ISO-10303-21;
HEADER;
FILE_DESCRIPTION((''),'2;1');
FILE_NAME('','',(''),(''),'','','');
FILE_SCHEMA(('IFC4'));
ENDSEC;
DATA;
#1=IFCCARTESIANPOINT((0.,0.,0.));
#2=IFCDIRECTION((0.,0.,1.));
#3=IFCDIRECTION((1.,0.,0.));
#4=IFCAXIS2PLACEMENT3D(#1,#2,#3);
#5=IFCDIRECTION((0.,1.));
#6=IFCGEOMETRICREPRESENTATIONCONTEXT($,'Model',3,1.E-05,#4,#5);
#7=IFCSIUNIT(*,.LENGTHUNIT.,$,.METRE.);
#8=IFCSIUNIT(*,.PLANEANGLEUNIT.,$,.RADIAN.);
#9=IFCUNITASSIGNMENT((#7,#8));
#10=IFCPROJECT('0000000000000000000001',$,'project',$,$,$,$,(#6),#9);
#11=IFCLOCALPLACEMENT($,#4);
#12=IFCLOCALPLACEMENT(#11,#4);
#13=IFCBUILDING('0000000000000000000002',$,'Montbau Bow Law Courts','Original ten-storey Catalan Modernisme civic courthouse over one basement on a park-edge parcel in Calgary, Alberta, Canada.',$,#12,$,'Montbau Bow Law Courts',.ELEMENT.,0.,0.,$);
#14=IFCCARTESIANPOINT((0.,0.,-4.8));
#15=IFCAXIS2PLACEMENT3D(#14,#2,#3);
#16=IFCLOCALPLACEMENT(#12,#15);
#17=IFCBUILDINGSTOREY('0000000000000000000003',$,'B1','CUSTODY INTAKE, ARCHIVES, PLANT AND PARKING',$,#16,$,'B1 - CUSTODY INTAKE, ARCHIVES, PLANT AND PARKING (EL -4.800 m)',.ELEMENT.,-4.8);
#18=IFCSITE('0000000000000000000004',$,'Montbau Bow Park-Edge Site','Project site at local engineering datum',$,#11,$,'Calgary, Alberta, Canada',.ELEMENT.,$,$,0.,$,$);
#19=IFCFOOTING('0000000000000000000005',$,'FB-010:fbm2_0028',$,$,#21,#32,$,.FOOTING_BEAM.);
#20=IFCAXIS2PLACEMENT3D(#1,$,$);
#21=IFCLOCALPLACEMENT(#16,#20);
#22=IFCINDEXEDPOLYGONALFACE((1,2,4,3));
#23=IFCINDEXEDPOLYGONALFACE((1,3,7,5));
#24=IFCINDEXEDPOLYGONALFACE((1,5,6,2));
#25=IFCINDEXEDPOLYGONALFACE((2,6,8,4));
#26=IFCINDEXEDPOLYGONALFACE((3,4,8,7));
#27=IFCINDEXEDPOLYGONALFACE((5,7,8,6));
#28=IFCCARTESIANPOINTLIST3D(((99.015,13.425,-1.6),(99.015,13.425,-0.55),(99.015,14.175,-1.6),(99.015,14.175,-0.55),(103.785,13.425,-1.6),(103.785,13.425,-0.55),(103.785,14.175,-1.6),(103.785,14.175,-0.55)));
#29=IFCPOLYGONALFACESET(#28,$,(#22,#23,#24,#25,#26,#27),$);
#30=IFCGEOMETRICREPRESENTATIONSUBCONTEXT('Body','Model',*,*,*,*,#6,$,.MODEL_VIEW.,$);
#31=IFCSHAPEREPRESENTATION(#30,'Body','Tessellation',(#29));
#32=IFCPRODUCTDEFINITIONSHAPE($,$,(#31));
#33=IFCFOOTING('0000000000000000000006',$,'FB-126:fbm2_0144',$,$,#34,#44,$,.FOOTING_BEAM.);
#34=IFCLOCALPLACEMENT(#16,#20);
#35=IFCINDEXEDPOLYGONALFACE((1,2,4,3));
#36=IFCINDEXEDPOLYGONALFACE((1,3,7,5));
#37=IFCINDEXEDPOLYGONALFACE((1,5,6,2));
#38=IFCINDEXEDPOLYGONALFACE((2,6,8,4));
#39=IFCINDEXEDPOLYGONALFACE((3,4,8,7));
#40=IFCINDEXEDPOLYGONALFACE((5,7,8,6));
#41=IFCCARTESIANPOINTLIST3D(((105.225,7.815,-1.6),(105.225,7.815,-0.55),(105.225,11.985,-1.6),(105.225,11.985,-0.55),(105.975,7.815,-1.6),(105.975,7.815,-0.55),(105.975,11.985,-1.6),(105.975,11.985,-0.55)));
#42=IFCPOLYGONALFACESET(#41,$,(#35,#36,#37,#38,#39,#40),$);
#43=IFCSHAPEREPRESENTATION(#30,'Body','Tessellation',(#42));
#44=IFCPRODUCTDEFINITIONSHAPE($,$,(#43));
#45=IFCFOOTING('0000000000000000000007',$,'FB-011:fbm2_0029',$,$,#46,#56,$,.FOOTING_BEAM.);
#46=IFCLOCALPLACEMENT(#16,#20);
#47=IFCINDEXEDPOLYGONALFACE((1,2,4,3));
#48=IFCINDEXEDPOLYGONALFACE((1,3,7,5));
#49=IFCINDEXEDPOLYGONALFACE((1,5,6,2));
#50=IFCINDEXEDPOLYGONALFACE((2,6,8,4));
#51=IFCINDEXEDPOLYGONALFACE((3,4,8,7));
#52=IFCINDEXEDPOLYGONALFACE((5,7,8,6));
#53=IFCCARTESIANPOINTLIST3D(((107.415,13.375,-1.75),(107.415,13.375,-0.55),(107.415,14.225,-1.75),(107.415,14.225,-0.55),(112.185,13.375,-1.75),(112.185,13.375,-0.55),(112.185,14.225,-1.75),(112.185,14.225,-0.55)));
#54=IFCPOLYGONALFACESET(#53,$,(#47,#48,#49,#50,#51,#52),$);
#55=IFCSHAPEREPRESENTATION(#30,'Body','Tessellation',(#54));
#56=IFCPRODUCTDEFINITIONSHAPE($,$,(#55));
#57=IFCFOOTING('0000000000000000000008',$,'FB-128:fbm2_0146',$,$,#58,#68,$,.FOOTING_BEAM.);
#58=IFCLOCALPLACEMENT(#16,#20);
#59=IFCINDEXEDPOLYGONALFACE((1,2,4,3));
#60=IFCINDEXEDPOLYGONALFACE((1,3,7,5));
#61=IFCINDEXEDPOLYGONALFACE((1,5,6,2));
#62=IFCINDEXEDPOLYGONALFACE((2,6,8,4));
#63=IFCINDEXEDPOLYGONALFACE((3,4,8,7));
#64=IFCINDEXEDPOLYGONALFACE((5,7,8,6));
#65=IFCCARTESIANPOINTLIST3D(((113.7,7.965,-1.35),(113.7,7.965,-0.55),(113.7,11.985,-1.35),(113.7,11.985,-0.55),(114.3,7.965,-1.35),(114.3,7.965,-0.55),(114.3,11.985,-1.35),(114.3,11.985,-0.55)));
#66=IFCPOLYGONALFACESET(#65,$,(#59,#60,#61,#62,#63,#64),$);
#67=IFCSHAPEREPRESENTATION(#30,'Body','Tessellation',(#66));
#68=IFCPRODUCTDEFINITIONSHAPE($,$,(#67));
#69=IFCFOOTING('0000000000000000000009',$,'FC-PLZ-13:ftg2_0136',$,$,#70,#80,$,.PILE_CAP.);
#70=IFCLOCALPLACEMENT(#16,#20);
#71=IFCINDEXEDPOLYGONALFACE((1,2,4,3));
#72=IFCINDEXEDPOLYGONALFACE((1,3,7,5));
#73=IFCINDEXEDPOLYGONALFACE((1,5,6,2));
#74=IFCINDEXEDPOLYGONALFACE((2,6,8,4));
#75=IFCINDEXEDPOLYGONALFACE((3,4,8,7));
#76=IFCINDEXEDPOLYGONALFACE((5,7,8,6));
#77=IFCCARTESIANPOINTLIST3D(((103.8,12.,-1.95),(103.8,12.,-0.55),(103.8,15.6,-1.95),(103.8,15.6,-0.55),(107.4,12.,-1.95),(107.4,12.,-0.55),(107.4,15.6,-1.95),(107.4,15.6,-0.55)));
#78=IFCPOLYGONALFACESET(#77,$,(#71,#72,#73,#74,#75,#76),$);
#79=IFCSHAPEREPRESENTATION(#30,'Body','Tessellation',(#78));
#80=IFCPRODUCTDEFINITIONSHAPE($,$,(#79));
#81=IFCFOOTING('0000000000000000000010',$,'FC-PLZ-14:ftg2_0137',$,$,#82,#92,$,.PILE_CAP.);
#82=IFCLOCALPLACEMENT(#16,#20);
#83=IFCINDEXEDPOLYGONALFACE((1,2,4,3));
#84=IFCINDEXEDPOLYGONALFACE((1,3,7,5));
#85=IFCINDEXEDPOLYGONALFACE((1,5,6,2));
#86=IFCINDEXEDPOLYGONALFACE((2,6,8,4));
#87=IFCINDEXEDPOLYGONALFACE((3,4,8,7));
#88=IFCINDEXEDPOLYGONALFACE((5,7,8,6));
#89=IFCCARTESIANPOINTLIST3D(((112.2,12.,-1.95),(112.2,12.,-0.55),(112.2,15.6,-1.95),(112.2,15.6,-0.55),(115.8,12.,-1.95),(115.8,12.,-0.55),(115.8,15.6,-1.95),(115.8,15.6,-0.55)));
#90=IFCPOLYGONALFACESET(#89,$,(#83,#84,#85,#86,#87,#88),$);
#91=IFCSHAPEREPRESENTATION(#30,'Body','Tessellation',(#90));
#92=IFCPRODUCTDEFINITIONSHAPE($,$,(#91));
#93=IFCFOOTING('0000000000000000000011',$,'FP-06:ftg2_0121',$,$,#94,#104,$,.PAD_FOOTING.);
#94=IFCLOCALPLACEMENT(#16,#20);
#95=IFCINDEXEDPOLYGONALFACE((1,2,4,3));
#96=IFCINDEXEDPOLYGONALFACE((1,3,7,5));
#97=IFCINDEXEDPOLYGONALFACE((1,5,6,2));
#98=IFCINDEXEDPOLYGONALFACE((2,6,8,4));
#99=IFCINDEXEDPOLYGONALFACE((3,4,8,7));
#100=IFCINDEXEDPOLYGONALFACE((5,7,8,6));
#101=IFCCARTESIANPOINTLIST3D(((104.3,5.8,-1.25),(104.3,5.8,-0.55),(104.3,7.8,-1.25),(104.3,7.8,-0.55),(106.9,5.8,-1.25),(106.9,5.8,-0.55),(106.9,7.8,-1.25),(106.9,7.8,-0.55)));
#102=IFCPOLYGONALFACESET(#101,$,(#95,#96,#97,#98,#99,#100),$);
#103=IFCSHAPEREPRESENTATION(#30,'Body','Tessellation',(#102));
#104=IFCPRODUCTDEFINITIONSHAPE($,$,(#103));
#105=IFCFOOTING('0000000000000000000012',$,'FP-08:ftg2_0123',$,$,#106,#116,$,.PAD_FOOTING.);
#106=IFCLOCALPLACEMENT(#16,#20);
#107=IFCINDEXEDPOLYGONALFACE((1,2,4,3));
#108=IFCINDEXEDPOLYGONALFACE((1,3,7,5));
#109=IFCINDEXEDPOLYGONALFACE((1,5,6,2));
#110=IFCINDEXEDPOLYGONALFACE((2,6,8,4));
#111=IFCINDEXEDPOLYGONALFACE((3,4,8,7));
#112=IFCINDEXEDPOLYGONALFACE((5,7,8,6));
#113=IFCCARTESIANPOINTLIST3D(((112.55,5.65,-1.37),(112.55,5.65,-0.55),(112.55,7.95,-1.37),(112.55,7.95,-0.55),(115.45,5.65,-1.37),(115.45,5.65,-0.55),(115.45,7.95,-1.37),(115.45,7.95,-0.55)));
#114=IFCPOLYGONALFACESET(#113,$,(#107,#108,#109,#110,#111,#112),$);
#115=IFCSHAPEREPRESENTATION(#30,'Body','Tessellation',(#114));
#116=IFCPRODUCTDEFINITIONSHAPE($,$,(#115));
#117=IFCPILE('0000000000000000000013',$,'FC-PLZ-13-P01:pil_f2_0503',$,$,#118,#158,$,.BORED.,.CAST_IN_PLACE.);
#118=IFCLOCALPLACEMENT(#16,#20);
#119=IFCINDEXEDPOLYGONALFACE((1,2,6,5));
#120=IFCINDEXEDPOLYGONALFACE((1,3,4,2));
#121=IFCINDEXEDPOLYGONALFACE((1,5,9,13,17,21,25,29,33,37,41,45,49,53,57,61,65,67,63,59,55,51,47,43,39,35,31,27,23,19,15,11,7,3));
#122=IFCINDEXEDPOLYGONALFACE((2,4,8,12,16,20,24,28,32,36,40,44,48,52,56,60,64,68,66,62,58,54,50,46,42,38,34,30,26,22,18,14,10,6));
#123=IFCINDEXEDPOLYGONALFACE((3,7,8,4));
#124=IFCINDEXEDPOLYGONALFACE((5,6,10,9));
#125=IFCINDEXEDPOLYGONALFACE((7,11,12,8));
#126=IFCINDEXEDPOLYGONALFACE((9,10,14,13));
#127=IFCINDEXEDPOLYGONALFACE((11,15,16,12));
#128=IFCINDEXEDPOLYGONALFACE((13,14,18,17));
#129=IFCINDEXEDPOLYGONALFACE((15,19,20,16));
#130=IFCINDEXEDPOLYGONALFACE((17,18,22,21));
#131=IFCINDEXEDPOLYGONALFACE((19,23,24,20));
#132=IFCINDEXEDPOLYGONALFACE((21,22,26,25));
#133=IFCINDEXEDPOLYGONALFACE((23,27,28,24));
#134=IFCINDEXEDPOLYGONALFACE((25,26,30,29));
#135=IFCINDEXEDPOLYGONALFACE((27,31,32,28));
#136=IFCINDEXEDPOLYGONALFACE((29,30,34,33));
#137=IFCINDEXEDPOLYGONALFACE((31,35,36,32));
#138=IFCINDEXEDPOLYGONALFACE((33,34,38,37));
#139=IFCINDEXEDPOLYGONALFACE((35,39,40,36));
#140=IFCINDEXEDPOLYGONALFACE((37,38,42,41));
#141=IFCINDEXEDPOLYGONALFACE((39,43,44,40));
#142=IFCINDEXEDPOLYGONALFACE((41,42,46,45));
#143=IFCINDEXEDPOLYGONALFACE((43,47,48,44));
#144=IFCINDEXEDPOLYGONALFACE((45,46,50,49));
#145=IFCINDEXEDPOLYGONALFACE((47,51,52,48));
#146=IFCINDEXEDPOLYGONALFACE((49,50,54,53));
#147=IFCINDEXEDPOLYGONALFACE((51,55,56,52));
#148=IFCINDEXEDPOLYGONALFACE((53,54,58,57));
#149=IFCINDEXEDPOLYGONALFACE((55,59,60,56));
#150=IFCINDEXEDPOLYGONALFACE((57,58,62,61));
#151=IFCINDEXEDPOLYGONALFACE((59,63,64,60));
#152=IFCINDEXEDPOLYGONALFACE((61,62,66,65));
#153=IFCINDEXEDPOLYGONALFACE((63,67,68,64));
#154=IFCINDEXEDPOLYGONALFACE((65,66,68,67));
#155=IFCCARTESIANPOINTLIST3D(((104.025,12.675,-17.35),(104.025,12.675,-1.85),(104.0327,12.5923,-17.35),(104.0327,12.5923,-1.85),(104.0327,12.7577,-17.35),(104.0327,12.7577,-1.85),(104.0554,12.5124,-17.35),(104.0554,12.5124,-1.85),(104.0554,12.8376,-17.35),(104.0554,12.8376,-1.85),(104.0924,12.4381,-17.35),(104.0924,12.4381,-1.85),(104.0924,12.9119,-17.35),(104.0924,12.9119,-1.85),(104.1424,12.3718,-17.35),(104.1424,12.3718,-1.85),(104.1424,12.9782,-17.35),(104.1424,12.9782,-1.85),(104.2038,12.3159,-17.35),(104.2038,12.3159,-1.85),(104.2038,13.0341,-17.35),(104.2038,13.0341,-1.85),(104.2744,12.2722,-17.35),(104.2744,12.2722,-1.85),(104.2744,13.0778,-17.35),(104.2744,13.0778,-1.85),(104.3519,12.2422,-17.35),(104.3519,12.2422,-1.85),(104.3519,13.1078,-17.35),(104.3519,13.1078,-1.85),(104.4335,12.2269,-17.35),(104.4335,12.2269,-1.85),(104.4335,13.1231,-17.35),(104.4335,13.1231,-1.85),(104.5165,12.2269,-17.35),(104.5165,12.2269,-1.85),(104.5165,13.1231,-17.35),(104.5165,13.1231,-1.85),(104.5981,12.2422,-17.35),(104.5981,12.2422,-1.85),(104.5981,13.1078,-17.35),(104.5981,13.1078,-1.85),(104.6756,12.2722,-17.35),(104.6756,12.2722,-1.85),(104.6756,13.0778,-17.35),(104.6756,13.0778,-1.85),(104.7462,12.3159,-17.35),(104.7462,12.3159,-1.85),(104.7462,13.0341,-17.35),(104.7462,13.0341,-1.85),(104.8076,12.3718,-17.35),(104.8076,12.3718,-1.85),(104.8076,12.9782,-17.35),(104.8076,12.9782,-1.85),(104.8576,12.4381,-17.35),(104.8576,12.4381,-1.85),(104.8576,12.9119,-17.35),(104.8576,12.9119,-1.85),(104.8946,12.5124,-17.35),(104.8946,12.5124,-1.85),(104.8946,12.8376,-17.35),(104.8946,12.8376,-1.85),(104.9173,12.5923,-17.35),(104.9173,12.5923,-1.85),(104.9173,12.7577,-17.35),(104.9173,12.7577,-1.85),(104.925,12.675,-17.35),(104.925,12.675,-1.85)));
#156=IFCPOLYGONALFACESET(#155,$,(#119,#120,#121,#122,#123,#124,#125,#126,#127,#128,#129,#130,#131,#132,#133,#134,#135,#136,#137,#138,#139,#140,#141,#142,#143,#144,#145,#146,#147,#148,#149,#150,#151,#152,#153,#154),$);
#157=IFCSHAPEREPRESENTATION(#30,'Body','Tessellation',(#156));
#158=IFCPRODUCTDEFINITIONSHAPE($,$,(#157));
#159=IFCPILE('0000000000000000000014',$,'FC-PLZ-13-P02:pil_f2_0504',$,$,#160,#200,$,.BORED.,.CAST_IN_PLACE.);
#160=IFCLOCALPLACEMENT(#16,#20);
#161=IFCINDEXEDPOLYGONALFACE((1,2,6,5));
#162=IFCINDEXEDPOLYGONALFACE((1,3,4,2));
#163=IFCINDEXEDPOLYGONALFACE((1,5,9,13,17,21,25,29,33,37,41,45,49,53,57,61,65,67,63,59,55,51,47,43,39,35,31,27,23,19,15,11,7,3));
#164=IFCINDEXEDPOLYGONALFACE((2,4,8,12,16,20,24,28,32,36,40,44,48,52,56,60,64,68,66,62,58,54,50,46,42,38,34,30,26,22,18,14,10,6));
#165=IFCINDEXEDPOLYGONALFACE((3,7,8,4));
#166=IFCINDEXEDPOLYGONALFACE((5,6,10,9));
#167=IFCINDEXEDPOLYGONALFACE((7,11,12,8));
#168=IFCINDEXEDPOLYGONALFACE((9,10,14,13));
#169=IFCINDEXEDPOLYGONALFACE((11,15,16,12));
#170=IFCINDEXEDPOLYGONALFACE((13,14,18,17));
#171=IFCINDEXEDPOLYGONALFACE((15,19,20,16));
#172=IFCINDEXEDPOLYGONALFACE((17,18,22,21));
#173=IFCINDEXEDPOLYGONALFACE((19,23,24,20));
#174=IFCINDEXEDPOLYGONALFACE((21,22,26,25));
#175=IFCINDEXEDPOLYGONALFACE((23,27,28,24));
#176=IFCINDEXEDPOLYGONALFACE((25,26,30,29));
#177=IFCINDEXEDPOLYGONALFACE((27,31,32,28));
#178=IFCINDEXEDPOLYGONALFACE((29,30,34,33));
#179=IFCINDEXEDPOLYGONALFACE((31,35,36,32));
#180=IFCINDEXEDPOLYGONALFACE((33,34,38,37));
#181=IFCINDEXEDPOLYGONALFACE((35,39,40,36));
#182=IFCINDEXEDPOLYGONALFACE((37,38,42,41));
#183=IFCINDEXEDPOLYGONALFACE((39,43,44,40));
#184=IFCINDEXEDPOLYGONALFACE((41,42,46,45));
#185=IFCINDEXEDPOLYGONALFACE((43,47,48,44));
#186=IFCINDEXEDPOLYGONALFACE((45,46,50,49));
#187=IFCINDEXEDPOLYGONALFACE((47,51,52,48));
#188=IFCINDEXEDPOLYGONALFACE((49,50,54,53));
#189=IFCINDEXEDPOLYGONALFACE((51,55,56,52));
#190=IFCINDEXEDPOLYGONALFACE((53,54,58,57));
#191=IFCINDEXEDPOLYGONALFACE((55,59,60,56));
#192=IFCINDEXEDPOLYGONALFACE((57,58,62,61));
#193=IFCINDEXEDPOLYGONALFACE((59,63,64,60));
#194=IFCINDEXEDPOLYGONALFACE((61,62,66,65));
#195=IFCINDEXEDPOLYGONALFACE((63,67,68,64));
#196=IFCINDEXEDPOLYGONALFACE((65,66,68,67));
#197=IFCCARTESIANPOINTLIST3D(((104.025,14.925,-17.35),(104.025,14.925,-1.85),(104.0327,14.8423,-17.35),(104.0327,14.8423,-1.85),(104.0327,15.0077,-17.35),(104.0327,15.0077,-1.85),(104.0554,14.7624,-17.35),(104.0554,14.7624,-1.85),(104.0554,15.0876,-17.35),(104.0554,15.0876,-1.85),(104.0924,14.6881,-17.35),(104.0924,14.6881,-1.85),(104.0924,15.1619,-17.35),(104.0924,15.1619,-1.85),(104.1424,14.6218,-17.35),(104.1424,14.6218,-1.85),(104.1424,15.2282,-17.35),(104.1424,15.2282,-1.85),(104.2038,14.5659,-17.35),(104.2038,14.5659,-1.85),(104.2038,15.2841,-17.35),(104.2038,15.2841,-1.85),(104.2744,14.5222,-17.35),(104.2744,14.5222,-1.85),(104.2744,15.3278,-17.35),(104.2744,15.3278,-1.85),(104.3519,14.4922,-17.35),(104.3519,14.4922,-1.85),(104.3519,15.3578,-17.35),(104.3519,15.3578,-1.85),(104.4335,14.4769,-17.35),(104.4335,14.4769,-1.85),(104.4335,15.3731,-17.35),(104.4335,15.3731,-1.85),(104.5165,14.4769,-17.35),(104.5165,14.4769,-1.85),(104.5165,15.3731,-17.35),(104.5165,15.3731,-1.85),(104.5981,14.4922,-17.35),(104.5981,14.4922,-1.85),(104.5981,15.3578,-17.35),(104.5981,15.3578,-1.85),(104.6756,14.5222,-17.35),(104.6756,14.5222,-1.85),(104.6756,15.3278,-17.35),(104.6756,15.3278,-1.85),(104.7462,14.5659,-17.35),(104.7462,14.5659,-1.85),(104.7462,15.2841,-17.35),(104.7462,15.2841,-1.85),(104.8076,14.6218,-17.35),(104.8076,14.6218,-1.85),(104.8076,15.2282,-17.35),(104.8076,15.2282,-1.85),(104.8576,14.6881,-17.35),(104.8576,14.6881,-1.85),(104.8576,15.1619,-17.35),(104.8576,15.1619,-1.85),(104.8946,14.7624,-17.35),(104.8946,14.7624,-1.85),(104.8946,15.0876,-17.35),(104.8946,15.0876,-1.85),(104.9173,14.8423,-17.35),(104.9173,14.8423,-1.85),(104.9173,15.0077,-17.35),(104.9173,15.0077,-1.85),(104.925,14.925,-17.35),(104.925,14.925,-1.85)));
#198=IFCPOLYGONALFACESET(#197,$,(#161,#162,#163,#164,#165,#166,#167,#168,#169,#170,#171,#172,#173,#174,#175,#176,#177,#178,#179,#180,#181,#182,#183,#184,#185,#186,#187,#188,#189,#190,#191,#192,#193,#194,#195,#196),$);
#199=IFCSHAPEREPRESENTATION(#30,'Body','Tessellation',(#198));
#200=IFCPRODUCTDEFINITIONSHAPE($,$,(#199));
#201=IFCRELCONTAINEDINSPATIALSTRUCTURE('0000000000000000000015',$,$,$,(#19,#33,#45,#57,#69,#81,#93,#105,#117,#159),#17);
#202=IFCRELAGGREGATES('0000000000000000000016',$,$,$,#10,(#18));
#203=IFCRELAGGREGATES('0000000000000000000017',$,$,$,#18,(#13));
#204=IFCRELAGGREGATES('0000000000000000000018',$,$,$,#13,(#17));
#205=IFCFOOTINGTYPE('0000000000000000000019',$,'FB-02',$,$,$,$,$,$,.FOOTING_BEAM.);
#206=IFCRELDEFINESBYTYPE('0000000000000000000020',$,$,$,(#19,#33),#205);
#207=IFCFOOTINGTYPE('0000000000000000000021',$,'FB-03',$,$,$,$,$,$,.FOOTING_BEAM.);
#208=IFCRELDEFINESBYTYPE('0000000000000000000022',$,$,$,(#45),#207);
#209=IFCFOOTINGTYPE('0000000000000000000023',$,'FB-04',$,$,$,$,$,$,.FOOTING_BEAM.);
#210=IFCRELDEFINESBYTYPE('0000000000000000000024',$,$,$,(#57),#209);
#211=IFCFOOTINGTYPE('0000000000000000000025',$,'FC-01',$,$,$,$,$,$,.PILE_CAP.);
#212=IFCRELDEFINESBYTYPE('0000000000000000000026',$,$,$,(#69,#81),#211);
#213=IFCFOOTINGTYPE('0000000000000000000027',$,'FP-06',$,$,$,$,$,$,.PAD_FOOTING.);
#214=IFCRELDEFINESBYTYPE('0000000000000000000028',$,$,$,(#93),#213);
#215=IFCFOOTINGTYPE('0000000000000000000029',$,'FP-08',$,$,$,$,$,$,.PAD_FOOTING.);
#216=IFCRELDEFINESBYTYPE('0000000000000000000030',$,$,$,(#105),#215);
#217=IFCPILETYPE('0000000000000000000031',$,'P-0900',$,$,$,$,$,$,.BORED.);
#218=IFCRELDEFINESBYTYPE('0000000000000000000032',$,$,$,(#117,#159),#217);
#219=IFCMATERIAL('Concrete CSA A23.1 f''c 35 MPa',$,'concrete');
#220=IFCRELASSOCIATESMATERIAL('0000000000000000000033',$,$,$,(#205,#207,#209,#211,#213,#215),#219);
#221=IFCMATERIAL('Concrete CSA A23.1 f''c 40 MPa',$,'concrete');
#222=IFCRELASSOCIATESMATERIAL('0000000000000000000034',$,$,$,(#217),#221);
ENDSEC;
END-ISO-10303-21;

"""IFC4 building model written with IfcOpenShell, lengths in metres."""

from ifc_helpers import new_model, si_unit, direction, frame, origin_with_axes, origin_2d_with_axis, place, context, subcontext, project, spatial, rectangle, circle, extrude, material, material_profile, profile_set, type_object, element, save


model = new_model("IFC4")

# Units and contexts
model_context = context("Model", 3, precision=1e-05, world=origin_with_axes(), true_north=direction((0.0, 1.0)))
body_context = subcontext(model_context, "Body", "Model", "MODEL_VIEW")
ifc_project = project(units=[si_unit("LENGTHUNIT", "METRE"), si_unit("PLANEANGLEUNIT", "RADIAN")], contexts=[model_context])

# Site, building, storey
site_placement = place(None, origin_with_axes())
site = spatial("IfcSite", under=ifc_project, at=site_placement, Name="Montbau Bow Park-Edge Site", Description="Project site at local engineering datum", LongName="Calgary, Alberta, Canada", CompositionType="ELEMENT", RefElevation=0.0)
building_placement = place(site_placement, origin_with_axes())
building = spatial("IfcBuilding", under=site, at=building_placement, Name="Montbau Bow Law Courts", Description="Original ten-storey Catalan Modernisme civic courthouse over one basement on a park-edge parcel in Calgary, Alberta, Canada.", LongName="Montbau Bow Law Courts", CompositionType="ELEMENT", ElevationOfRefHeight=0.0, ElevationOfTerrain=0.0)
storey_placement = place(building_placement, frame((0.0, 0.0, -4.8), z_axis=(0.0, 0.0, 1.0), x_axis=(1.0, 0.0, 0.0)))
storey = spatial("IfcBuildingStorey", under=building, at=storey_placement, Name="B1", Description="CUSTODY INTAKE, ARCHIVES, PLANT AND PARKING", LongName="B1 - CUSTODY INTAKE, ARCHIVES, PLANT AND PARKING (EL -4.800 m)", CompositionType="ELEMENT", Elevation=-4.8)

# Footings
ifc_material_1 = material(Name="Concrete CSA A23.1 f'c 35 MPa", Category="concrete")
footing_type_1 = type_object("IfcFootingType", Name="FB-02", PredefinedType="FOOTING_BEAM", material=ifc_material_1)
footing_1_placement = place(None, frame((101.4, 13.8, -6.4), z_axis=(0.0, 0.0, 1.0), x_axis=(1.0, 0.0, 0.0)))
element("IfcFooting", 1, at=footing_1_placement, inside=storey, type_object=footing_type_1, Name="FB-010:fbm2_0028", PredefinedType="FOOTING_BEAM", context=body_context, shape_type="SweptSolid", body=[
    extrude(rectangle(XDim=4.77, YDim=0.75, at=origin_2d_with_axis()), origin_with_axes(), (0.0, 0.0, 1.0), 1.05),
])
footing_2_placement = place(None, frame((105.6, 9.9, -6.4), z_axis=(0.0, 0.0, 1.0), x_axis=(0.0, 1.0, 0.0)))
element("IfcFooting", 2, at=footing_2_placement, inside=storey, type_object=footing_type_1, Name="FB-126:fbm2_0144", PredefinedType="FOOTING_BEAM", context=body_context, shape_type="SweptSolid", body=[
    extrude(rectangle(XDim=4.17, YDim=0.75, at=origin_2d_with_axis()), origin_with_axes(), (0.0, 0.0, 1.0), 1.05),
])
footing_type_2 = type_object("IfcFootingType", Name="FB-03", PredefinedType="FOOTING_BEAM", material=ifc_material_1)
footing_3_placement = place(None, frame((109.8, 13.8, -6.55), z_axis=(0.0, 0.0, 1.0), x_axis=(1.0, 0.0, 0.0)))
element("IfcFooting", 3, at=footing_3_placement, inside=storey, type_object=footing_type_2, Name="FB-011:fbm2_0029", PredefinedType="FOOTING_BEAM", context=body_context, shape_type="SweptSolid", body=[
    extrude(rectangle(XDim=4.77, YDim=0.85, at=origin_2d_with_axis()), origin_with_axes(), (0.0, 0.0, 1.0), 1.2),
])
footing_type_3 = type_object("IfcFootingType", Name="FB-04", PredefinedType="FOOTING_BEAM", material=ifc_material_1)
footing_4_placement = place(None, frame((114.0, 9.975, -6.15), z_axis=(0.0, 0.0, 1.0), x_axis=(0.0, 1.0, 0.0)))
element("IfcFooting", 4, at=footing_4_placement, inside=storey, type_object=footing_type_3, Name="FB-128:fbm2_0146", PredefinedType="FOOTING_BEAM", context=body_context, shape_type="SweptSolid", body=[
    extrude(rectangle(XDim=4.02, YDim=0.6, at=origin_2d_with_axis()), origin_with_axes(), (0.0, 0.0, 1.0), 0.8),
])
footing_type_4 = type_object("IfcFootingType", Name="FC-01", PredefinedType="PILE_CAP", material=ifc_material_1)
for number, where, z_axis, x_axis, name in (
    (5, (105.6, 13.8, -6.75), (0.0, 0.0, 1.0), (1.0, 0.0, 0.0), "FC-PLZ-13:ftg2_0136"),
    (6, (114.0, 13.8, -6.75), (0.0, 0.0, 1.0), (1.0, 0.0, 0.0), "FC-PLZ-14:ftg2_0137"),
):
    element("IfcFooting", number, at=place(None, frame(where, z_axis=z_axis, x_axis=x_axis)), inside=storey, type_object=footing_type_4, Name=name, PredefinedType="PILE_CAP", context=body_context, shape_type="SweptSolid", body=[
        extrude(rectangle(XDim=3.6, YDim=3.6, at=origin_2d_with_axis()), origin_with_axes(), (0.0, 0.0, 1.0), 1.4),
    ])
footing_type_5 = type_object("IfcFootingType", Name="FP-06", PredefinedType="PAD_FOOTING", material=ifc_material_1)
footing_5_placement = place(None, frame((105.6, 6.8, -6.05), z_axis=(0.0, 0.0, 1.0), x_axis=(1.0, 0.0, 0.0)))
element("IfcFooting", 7, at=footing_5_placement, inside=storey, type_object=footing_type_5, Name="FP-06:ftg2_0121", PredefinedType="PAD_FOOTING", context=body_context, shape_type="SweptSolid", body=[
    extrude(rectangle(XDim=2.6, YDim=2.0, at=origin_2d_with_axis()), origin_with_axes(), (0.0, 0.0, 1.0), 0.7),
])
footing_type_6 = type_object("IfcFootingType", Name="FP-08", PredefinedType="PAD_FOOTING", material=ifc_material_1)
footing_6_placement = place(None, frame((114.0, 6.8, -6.17), z_axis=(0.0, 0.0, 1.0), x_axis=(1.0, 0.0, 0.0)))
element("IfcFooting", 8, at=footing_6_placement, inside=storey, type_object=footing_type_6, Name="FP-08:ftg2_0123", PredefinedType="PAD_FOOTING", context=body_context, shape_type="SweptSolid", body=[
    extrude(rectangle(XDim=2.9, YDim=2.3, at=origin_2d_with_axis()), origin_with_axes(), (0.0, 0.0, 1.0), 0.82),
])

# Piles
ifc_material_2 = material(Name="Concrete CSA A23.1 f'c 40 MPa", Category="concrete")
ifc_material_profile_1 = material_profile(ifc_material_2, circle(Radius=0.45, at=origin_2d_with_axis()), Name="BP900", Category="Main", Priority=0)
ifc_profile_set_1 = profile_set([ifc_material_profile_1], Name="Concrete CSA A23.1 f'c 40 MPa")
pile_type_1 = type_object("IfcPileType", Name="P-0900", PredefinedType="BORED", material=ifc_profile_set_1)
for number, where, z_axis, x_axis, name in (
    (9, (104.475, 12.675, -22.15), (0.0, 0.0, 1.0), (1.0, 0.0, 0.0), "FC-PLZ-13-P01:pil_f2_0503"),
    (10, (104.475, 14.925, -22.15), (0.0, 0.0, 1.0), (1.0, 0.0, 0.0), "FC-PLZ-13-P02:pil_f2_0504"),
):
    element("IfcPile", number, at=place(None, frame(where, z_axis=z_axis, x_axis=x_axis)), inside=storey, type_object=pile_type_1, Name=name, ConstructionType="CAST_IN_PLACE", PredefinedType="BORED", context=body_context, shape_type="SweptSolid", body=[
        extrude(circle(Radius=0.45, at=origin_2d_with_axis()), origin_with_axes(), (0.0, 0.0, 1.0), 15.5),
    ])

save(model, "model.ifc")
